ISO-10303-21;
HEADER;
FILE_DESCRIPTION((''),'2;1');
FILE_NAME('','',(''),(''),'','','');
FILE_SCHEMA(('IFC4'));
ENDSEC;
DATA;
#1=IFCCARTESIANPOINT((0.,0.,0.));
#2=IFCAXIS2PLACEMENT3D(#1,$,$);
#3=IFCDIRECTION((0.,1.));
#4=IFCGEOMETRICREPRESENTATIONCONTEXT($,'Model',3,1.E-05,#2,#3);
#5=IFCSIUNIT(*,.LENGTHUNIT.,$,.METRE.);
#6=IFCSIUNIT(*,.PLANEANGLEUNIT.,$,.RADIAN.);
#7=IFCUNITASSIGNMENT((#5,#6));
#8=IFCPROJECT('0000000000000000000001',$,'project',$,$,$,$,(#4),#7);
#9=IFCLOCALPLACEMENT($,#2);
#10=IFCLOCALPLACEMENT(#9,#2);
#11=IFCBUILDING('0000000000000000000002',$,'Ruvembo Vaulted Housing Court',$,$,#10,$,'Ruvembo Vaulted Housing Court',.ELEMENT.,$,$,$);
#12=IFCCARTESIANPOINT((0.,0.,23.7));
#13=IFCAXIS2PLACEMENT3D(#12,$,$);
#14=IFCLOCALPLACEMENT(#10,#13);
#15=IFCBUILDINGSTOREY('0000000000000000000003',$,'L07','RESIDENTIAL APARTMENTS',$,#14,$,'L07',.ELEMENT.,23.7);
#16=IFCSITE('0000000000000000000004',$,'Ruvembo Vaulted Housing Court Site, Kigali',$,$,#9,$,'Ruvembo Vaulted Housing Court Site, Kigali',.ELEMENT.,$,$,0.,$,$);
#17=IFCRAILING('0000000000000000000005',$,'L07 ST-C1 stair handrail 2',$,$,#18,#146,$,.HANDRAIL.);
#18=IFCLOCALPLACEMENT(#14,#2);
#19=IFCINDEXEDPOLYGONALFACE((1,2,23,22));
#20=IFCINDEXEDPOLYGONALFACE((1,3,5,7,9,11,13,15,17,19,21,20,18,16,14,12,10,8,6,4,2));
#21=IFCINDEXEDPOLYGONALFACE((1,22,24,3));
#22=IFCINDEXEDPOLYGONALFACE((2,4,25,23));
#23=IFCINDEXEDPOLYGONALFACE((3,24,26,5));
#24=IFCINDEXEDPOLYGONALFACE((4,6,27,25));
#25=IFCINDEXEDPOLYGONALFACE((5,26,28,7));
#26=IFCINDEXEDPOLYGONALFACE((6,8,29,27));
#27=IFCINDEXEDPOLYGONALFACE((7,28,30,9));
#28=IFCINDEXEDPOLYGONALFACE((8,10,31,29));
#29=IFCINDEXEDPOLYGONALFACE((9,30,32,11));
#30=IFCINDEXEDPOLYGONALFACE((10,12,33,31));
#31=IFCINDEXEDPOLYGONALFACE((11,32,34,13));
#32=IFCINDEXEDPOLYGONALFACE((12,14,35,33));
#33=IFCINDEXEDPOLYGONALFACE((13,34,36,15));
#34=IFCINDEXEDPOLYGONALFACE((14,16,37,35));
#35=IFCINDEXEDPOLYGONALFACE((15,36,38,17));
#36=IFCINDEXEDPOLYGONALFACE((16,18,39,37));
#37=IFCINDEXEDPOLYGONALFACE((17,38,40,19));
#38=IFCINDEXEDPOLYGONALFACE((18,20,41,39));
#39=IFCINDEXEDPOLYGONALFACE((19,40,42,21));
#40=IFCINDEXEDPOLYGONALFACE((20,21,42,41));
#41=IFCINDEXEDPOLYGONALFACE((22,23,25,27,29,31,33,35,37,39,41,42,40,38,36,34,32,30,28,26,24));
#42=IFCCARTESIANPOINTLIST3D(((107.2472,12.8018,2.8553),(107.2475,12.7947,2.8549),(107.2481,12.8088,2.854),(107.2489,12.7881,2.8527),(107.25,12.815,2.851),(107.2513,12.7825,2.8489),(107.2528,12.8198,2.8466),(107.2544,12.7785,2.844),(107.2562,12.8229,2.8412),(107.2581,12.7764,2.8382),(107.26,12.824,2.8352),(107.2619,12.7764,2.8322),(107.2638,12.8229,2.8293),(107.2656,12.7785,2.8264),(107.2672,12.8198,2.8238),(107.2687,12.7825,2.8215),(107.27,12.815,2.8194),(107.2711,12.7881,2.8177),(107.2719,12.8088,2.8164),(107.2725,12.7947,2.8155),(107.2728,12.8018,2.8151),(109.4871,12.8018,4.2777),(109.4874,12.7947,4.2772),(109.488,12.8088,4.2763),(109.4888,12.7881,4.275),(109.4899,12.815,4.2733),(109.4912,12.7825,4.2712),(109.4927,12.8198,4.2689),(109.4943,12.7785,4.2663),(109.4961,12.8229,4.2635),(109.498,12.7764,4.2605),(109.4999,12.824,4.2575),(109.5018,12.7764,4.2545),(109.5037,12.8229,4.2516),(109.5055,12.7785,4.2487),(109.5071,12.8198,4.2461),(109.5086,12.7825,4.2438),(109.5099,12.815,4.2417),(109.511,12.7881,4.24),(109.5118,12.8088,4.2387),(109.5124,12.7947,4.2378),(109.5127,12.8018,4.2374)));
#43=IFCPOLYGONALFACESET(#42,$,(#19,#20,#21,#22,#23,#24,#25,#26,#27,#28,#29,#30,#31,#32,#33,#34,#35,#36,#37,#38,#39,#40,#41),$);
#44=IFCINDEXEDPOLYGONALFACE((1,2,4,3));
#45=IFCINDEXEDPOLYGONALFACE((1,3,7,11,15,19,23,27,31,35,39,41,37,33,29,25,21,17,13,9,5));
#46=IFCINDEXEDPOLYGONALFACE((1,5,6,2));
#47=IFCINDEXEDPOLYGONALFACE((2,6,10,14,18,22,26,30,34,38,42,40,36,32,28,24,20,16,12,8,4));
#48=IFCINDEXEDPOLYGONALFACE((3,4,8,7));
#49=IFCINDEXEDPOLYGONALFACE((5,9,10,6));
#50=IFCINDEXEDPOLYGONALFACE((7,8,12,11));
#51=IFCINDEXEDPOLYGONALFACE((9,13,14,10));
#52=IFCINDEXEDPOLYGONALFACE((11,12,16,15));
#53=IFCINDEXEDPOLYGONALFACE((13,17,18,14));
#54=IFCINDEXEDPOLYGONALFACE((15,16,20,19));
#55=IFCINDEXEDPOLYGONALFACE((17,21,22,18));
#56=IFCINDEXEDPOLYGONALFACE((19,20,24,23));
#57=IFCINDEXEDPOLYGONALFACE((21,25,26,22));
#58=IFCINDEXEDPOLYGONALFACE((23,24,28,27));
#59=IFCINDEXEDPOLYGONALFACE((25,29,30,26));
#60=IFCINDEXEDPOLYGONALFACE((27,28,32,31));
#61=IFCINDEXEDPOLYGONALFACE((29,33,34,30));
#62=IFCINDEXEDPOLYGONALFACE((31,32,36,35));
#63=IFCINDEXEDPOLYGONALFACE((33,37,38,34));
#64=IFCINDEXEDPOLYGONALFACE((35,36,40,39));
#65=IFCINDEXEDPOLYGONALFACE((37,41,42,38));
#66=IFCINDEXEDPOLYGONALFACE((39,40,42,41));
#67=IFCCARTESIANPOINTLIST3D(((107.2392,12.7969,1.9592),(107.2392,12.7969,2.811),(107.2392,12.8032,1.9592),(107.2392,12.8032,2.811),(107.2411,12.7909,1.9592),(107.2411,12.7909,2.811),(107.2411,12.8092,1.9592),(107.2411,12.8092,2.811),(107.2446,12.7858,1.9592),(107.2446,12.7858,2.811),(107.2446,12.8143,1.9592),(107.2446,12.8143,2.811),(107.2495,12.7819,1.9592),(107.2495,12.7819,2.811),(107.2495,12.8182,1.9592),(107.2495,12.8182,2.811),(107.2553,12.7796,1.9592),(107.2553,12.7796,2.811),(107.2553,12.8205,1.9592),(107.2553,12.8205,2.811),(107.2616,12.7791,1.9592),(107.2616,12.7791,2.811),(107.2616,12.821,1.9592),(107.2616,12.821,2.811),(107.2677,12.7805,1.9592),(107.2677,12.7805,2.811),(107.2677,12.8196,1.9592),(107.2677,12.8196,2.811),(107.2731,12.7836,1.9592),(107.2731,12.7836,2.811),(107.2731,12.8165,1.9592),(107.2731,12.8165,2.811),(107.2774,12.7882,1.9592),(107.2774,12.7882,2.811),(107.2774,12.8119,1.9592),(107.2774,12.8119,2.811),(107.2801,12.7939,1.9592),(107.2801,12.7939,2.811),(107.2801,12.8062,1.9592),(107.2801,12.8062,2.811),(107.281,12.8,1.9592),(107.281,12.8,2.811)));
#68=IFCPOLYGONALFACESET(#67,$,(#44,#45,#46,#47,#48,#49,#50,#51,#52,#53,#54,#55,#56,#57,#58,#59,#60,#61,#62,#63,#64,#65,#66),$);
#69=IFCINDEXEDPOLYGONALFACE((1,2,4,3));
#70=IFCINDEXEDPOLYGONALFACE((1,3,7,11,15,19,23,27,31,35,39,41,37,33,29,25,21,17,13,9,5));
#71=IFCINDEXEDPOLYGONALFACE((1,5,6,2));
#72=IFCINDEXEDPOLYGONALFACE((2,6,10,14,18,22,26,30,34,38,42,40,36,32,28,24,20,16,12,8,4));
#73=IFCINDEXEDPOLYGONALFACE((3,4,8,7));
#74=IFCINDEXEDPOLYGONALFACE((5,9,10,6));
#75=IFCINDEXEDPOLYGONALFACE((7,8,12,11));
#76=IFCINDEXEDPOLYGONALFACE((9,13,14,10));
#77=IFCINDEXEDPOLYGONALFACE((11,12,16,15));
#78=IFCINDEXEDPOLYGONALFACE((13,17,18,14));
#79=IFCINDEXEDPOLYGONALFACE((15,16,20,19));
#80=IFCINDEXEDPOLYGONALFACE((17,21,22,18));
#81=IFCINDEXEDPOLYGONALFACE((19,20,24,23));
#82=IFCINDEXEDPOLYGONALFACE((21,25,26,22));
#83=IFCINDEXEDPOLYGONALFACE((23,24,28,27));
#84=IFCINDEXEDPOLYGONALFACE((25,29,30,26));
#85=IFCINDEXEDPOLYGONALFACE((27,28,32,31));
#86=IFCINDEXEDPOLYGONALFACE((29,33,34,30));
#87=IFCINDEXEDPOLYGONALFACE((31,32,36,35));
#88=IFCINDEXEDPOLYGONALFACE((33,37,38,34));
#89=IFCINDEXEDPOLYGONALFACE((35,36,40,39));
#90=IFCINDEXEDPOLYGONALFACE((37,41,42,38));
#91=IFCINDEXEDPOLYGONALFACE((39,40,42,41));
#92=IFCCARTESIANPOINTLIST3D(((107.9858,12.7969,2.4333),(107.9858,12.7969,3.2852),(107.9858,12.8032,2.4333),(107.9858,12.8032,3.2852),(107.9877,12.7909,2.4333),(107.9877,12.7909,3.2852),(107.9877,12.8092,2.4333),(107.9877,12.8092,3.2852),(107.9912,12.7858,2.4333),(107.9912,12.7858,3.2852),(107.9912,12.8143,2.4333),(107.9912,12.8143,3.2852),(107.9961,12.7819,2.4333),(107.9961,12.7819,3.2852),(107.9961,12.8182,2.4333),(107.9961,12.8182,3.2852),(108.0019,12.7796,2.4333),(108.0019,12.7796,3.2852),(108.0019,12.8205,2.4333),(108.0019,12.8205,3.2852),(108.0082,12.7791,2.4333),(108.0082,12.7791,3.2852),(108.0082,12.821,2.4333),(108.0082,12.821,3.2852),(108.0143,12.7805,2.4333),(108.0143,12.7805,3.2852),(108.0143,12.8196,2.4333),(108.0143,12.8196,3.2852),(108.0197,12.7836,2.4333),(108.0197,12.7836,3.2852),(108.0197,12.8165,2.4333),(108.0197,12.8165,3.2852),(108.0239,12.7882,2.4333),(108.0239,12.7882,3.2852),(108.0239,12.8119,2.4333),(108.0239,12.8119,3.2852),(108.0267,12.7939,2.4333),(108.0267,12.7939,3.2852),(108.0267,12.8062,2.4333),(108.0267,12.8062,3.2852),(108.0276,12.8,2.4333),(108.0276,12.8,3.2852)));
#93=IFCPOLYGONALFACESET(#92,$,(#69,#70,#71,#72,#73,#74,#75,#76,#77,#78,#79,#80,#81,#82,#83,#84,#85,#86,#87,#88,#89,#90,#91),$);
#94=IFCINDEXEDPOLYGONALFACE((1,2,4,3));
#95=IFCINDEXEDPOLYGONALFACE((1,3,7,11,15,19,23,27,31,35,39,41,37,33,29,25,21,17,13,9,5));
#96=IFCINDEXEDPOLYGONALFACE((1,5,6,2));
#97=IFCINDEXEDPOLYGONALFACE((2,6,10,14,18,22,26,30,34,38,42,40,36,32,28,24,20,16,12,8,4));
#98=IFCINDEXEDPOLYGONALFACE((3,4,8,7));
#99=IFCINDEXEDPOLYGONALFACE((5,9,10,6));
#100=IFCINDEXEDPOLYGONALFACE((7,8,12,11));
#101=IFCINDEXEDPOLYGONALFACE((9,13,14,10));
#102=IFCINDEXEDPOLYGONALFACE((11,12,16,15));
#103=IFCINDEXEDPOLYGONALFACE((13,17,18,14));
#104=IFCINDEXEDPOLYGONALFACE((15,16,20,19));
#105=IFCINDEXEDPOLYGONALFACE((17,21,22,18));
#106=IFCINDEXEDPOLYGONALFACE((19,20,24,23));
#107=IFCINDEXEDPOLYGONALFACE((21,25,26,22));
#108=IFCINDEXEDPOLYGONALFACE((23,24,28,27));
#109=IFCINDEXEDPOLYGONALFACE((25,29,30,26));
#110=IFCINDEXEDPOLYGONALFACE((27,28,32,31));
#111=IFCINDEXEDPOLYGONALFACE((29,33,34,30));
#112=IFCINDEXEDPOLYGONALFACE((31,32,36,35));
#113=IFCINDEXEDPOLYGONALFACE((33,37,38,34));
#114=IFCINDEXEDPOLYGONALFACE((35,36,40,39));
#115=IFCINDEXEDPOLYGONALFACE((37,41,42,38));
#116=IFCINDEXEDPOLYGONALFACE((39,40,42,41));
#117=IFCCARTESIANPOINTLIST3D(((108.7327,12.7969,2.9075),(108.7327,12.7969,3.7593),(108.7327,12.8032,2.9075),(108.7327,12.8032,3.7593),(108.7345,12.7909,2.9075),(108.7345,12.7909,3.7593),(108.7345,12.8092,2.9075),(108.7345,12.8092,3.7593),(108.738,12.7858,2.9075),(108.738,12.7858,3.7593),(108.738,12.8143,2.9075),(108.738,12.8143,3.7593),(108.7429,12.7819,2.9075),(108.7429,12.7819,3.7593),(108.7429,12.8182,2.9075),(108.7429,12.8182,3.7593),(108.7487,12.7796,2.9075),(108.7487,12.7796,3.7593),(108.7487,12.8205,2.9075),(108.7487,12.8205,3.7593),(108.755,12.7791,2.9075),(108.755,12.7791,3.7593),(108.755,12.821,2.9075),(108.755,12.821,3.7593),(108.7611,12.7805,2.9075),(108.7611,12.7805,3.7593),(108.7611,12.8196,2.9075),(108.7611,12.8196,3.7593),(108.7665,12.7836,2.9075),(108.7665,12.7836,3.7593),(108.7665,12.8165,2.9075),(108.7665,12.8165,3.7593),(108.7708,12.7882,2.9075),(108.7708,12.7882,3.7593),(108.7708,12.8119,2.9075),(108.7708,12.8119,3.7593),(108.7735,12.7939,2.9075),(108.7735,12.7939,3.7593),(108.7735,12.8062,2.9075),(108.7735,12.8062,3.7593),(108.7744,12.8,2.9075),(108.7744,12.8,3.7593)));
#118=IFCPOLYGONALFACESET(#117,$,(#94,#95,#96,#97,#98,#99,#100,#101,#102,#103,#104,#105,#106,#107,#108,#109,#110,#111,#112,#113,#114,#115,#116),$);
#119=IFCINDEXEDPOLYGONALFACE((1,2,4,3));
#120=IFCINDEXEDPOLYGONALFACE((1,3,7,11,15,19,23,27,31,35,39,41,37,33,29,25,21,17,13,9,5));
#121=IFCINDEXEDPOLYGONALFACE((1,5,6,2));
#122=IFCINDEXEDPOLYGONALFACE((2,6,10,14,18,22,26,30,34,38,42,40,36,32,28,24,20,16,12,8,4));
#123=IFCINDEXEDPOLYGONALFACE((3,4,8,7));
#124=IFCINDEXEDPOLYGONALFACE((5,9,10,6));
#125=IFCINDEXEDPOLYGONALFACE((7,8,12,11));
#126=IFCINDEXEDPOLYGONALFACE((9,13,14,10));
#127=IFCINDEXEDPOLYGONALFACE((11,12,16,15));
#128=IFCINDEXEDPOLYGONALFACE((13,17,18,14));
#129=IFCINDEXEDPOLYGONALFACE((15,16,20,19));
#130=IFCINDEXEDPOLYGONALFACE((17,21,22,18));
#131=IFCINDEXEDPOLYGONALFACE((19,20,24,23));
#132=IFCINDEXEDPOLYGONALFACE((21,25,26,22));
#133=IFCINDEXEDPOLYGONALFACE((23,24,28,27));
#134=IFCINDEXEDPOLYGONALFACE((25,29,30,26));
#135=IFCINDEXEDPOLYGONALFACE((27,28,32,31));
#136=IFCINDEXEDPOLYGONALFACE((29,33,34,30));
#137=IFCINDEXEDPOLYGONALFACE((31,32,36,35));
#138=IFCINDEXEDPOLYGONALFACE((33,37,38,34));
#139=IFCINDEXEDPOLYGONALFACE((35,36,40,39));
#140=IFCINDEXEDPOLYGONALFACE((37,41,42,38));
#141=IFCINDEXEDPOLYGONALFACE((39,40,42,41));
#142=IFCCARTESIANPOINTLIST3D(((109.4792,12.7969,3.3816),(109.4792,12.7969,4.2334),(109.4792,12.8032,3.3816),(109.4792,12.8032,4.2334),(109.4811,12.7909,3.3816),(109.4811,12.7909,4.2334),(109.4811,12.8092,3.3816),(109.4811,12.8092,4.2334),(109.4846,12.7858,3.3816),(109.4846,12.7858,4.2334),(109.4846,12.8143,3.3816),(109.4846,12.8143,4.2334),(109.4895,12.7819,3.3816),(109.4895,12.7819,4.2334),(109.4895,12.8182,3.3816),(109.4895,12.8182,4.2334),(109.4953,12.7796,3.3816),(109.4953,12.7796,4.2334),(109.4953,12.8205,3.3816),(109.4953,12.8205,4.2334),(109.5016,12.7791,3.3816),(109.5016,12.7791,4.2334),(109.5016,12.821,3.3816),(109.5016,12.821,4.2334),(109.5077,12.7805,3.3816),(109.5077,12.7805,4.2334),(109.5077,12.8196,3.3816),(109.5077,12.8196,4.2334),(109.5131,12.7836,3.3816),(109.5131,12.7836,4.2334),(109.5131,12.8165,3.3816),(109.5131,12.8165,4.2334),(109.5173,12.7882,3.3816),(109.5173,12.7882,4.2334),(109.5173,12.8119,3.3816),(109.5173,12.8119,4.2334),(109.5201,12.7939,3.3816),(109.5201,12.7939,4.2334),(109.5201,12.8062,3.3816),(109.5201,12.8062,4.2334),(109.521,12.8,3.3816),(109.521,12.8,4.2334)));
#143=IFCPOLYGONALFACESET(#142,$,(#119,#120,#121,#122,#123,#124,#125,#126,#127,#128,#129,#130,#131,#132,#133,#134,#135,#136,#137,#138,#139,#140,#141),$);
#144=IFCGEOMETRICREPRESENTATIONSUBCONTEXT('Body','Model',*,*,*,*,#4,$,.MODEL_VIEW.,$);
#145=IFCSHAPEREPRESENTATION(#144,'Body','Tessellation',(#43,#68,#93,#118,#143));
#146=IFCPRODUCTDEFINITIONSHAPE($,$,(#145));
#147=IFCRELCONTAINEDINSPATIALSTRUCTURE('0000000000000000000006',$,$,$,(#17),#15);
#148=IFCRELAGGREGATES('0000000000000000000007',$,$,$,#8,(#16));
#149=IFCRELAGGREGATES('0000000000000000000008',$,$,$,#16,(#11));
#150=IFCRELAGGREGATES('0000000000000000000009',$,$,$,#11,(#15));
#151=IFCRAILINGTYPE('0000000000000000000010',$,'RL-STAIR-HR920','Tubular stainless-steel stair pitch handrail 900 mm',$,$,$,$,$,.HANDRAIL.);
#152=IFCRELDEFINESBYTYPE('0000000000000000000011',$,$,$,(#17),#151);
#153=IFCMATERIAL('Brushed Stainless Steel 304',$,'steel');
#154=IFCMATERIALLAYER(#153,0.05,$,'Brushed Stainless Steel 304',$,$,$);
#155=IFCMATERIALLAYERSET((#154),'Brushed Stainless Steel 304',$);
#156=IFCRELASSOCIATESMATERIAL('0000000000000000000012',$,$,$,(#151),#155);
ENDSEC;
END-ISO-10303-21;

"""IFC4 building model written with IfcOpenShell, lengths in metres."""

from ifc_helpers import new_model, si_unit, direction, frame, origin, origin_2d, place, context, subcontext, project, spatial, circle, extrude, material, layer, layer_set, type_object, element, save


model = new_model("IFC4")

# Units and contexts
model_context = context("Model", 3, precision=1e-05, world=origin(), true_north=direction((0.0, 1.0)))
body_context = subcontext(model_context, "Body", "Model", "MODEL_VIEW")
ifc_project = project(units=[si_unit("LENGTHUNIT", "METRE"), si_unit("PLANEANGLEUNIT", "RADIAN")], contexts=[model_context])

# Site, building, storey
site_placement = place(None, origin())
site = spatial("IfcSite", under=ifc_project, at=site_placement, Name="Ruvembo Vaulted Housing Court Site, Kigali", LongName="Ruvembo Vaulted Housing Court Site, Kigali", CompositionType="ELEMENT", RefElevation=0.0)
building_placement = place(site_placement, origin())
building = spatial("IfcBuilding", under=site, at=building_placement, Name="Ruvembo Vaulted Housing Court", LongName="Ruvembo Vaulted Housing Court", CompositionType="ELEMENT")
storey_placement = place(building_placement, frame((0.0, 0.0, 23.7)))
storey = spatial("IfcBuildingStorey", under=building, at=storey_placement, Name="L07", Description="RESIDENTIAL APARTMENTS", LongName="L07", CompositionType="ELEMENT", Elevation=23.7)

# Shared definitions
ifc_material_1 = material(Name="Brushed Stainless Steel 304", Category="steel")

# Railing
ifc_layer_1 = layer(ifc_material_1, 0.05, Name="Brushed Stainless Steel 304")
ifc_layer_set_1 = layer_set([ifc_layer_1], Name="Brushed Stainless Steel 304")
railing_type_1 = type_object("IfcRailingType", Name="RL-STAIR-HR920", Description="Tubular stainless-steel stair pitch handrail 900 mm", PredefinedType="HANDRAIL", material=ifc_layer_set_1)
railing_1_placement = place(storey_placement, frame((107.26, 12.8, 1.9592)))
element("IfcRailing", 1, at=railing_1_placement, inside=storey, type_object=railing_type_1, Name="L07 ST-C1 stair handrail 2", PredefinedType="HANDRAIL", context=body_context, shape_type="SweptSolid", body=[
    extrude(circle(Radius=0.0239, at=origin_2d()), frame((0.0, 0.0, 0.876), z_axis=(0.844188, 0.0, 0.536048), x_axis=(0.0, 1.0, 0.0)), (0.0, 0.0, 1.0), 2.6533),
    extrude(circle(Radius=0.021, at=origin_2d()), origin(), (0.0, 0.0, 1.0), 0.8518),
    extrude(circle(Radius=0.021, at=origin_2d()), frame((0.7466, 0.0, 0.4741)), (0.0, 0.0, 1.0), 0.8518),
    extrude(circle(Radius=0.021, at=origin_2d()), frame((1.4934, 0.0, 0.9482)), (0.0, 0.0, 1.0), 0.8518),
    extrude(circle(Radius=0.021, at=origin_2d()), frame((2.24, 0.0, 1.4224)), (0.0, 0.0, 1.0), 0.8518),
])

save(model, "model.ifc")
